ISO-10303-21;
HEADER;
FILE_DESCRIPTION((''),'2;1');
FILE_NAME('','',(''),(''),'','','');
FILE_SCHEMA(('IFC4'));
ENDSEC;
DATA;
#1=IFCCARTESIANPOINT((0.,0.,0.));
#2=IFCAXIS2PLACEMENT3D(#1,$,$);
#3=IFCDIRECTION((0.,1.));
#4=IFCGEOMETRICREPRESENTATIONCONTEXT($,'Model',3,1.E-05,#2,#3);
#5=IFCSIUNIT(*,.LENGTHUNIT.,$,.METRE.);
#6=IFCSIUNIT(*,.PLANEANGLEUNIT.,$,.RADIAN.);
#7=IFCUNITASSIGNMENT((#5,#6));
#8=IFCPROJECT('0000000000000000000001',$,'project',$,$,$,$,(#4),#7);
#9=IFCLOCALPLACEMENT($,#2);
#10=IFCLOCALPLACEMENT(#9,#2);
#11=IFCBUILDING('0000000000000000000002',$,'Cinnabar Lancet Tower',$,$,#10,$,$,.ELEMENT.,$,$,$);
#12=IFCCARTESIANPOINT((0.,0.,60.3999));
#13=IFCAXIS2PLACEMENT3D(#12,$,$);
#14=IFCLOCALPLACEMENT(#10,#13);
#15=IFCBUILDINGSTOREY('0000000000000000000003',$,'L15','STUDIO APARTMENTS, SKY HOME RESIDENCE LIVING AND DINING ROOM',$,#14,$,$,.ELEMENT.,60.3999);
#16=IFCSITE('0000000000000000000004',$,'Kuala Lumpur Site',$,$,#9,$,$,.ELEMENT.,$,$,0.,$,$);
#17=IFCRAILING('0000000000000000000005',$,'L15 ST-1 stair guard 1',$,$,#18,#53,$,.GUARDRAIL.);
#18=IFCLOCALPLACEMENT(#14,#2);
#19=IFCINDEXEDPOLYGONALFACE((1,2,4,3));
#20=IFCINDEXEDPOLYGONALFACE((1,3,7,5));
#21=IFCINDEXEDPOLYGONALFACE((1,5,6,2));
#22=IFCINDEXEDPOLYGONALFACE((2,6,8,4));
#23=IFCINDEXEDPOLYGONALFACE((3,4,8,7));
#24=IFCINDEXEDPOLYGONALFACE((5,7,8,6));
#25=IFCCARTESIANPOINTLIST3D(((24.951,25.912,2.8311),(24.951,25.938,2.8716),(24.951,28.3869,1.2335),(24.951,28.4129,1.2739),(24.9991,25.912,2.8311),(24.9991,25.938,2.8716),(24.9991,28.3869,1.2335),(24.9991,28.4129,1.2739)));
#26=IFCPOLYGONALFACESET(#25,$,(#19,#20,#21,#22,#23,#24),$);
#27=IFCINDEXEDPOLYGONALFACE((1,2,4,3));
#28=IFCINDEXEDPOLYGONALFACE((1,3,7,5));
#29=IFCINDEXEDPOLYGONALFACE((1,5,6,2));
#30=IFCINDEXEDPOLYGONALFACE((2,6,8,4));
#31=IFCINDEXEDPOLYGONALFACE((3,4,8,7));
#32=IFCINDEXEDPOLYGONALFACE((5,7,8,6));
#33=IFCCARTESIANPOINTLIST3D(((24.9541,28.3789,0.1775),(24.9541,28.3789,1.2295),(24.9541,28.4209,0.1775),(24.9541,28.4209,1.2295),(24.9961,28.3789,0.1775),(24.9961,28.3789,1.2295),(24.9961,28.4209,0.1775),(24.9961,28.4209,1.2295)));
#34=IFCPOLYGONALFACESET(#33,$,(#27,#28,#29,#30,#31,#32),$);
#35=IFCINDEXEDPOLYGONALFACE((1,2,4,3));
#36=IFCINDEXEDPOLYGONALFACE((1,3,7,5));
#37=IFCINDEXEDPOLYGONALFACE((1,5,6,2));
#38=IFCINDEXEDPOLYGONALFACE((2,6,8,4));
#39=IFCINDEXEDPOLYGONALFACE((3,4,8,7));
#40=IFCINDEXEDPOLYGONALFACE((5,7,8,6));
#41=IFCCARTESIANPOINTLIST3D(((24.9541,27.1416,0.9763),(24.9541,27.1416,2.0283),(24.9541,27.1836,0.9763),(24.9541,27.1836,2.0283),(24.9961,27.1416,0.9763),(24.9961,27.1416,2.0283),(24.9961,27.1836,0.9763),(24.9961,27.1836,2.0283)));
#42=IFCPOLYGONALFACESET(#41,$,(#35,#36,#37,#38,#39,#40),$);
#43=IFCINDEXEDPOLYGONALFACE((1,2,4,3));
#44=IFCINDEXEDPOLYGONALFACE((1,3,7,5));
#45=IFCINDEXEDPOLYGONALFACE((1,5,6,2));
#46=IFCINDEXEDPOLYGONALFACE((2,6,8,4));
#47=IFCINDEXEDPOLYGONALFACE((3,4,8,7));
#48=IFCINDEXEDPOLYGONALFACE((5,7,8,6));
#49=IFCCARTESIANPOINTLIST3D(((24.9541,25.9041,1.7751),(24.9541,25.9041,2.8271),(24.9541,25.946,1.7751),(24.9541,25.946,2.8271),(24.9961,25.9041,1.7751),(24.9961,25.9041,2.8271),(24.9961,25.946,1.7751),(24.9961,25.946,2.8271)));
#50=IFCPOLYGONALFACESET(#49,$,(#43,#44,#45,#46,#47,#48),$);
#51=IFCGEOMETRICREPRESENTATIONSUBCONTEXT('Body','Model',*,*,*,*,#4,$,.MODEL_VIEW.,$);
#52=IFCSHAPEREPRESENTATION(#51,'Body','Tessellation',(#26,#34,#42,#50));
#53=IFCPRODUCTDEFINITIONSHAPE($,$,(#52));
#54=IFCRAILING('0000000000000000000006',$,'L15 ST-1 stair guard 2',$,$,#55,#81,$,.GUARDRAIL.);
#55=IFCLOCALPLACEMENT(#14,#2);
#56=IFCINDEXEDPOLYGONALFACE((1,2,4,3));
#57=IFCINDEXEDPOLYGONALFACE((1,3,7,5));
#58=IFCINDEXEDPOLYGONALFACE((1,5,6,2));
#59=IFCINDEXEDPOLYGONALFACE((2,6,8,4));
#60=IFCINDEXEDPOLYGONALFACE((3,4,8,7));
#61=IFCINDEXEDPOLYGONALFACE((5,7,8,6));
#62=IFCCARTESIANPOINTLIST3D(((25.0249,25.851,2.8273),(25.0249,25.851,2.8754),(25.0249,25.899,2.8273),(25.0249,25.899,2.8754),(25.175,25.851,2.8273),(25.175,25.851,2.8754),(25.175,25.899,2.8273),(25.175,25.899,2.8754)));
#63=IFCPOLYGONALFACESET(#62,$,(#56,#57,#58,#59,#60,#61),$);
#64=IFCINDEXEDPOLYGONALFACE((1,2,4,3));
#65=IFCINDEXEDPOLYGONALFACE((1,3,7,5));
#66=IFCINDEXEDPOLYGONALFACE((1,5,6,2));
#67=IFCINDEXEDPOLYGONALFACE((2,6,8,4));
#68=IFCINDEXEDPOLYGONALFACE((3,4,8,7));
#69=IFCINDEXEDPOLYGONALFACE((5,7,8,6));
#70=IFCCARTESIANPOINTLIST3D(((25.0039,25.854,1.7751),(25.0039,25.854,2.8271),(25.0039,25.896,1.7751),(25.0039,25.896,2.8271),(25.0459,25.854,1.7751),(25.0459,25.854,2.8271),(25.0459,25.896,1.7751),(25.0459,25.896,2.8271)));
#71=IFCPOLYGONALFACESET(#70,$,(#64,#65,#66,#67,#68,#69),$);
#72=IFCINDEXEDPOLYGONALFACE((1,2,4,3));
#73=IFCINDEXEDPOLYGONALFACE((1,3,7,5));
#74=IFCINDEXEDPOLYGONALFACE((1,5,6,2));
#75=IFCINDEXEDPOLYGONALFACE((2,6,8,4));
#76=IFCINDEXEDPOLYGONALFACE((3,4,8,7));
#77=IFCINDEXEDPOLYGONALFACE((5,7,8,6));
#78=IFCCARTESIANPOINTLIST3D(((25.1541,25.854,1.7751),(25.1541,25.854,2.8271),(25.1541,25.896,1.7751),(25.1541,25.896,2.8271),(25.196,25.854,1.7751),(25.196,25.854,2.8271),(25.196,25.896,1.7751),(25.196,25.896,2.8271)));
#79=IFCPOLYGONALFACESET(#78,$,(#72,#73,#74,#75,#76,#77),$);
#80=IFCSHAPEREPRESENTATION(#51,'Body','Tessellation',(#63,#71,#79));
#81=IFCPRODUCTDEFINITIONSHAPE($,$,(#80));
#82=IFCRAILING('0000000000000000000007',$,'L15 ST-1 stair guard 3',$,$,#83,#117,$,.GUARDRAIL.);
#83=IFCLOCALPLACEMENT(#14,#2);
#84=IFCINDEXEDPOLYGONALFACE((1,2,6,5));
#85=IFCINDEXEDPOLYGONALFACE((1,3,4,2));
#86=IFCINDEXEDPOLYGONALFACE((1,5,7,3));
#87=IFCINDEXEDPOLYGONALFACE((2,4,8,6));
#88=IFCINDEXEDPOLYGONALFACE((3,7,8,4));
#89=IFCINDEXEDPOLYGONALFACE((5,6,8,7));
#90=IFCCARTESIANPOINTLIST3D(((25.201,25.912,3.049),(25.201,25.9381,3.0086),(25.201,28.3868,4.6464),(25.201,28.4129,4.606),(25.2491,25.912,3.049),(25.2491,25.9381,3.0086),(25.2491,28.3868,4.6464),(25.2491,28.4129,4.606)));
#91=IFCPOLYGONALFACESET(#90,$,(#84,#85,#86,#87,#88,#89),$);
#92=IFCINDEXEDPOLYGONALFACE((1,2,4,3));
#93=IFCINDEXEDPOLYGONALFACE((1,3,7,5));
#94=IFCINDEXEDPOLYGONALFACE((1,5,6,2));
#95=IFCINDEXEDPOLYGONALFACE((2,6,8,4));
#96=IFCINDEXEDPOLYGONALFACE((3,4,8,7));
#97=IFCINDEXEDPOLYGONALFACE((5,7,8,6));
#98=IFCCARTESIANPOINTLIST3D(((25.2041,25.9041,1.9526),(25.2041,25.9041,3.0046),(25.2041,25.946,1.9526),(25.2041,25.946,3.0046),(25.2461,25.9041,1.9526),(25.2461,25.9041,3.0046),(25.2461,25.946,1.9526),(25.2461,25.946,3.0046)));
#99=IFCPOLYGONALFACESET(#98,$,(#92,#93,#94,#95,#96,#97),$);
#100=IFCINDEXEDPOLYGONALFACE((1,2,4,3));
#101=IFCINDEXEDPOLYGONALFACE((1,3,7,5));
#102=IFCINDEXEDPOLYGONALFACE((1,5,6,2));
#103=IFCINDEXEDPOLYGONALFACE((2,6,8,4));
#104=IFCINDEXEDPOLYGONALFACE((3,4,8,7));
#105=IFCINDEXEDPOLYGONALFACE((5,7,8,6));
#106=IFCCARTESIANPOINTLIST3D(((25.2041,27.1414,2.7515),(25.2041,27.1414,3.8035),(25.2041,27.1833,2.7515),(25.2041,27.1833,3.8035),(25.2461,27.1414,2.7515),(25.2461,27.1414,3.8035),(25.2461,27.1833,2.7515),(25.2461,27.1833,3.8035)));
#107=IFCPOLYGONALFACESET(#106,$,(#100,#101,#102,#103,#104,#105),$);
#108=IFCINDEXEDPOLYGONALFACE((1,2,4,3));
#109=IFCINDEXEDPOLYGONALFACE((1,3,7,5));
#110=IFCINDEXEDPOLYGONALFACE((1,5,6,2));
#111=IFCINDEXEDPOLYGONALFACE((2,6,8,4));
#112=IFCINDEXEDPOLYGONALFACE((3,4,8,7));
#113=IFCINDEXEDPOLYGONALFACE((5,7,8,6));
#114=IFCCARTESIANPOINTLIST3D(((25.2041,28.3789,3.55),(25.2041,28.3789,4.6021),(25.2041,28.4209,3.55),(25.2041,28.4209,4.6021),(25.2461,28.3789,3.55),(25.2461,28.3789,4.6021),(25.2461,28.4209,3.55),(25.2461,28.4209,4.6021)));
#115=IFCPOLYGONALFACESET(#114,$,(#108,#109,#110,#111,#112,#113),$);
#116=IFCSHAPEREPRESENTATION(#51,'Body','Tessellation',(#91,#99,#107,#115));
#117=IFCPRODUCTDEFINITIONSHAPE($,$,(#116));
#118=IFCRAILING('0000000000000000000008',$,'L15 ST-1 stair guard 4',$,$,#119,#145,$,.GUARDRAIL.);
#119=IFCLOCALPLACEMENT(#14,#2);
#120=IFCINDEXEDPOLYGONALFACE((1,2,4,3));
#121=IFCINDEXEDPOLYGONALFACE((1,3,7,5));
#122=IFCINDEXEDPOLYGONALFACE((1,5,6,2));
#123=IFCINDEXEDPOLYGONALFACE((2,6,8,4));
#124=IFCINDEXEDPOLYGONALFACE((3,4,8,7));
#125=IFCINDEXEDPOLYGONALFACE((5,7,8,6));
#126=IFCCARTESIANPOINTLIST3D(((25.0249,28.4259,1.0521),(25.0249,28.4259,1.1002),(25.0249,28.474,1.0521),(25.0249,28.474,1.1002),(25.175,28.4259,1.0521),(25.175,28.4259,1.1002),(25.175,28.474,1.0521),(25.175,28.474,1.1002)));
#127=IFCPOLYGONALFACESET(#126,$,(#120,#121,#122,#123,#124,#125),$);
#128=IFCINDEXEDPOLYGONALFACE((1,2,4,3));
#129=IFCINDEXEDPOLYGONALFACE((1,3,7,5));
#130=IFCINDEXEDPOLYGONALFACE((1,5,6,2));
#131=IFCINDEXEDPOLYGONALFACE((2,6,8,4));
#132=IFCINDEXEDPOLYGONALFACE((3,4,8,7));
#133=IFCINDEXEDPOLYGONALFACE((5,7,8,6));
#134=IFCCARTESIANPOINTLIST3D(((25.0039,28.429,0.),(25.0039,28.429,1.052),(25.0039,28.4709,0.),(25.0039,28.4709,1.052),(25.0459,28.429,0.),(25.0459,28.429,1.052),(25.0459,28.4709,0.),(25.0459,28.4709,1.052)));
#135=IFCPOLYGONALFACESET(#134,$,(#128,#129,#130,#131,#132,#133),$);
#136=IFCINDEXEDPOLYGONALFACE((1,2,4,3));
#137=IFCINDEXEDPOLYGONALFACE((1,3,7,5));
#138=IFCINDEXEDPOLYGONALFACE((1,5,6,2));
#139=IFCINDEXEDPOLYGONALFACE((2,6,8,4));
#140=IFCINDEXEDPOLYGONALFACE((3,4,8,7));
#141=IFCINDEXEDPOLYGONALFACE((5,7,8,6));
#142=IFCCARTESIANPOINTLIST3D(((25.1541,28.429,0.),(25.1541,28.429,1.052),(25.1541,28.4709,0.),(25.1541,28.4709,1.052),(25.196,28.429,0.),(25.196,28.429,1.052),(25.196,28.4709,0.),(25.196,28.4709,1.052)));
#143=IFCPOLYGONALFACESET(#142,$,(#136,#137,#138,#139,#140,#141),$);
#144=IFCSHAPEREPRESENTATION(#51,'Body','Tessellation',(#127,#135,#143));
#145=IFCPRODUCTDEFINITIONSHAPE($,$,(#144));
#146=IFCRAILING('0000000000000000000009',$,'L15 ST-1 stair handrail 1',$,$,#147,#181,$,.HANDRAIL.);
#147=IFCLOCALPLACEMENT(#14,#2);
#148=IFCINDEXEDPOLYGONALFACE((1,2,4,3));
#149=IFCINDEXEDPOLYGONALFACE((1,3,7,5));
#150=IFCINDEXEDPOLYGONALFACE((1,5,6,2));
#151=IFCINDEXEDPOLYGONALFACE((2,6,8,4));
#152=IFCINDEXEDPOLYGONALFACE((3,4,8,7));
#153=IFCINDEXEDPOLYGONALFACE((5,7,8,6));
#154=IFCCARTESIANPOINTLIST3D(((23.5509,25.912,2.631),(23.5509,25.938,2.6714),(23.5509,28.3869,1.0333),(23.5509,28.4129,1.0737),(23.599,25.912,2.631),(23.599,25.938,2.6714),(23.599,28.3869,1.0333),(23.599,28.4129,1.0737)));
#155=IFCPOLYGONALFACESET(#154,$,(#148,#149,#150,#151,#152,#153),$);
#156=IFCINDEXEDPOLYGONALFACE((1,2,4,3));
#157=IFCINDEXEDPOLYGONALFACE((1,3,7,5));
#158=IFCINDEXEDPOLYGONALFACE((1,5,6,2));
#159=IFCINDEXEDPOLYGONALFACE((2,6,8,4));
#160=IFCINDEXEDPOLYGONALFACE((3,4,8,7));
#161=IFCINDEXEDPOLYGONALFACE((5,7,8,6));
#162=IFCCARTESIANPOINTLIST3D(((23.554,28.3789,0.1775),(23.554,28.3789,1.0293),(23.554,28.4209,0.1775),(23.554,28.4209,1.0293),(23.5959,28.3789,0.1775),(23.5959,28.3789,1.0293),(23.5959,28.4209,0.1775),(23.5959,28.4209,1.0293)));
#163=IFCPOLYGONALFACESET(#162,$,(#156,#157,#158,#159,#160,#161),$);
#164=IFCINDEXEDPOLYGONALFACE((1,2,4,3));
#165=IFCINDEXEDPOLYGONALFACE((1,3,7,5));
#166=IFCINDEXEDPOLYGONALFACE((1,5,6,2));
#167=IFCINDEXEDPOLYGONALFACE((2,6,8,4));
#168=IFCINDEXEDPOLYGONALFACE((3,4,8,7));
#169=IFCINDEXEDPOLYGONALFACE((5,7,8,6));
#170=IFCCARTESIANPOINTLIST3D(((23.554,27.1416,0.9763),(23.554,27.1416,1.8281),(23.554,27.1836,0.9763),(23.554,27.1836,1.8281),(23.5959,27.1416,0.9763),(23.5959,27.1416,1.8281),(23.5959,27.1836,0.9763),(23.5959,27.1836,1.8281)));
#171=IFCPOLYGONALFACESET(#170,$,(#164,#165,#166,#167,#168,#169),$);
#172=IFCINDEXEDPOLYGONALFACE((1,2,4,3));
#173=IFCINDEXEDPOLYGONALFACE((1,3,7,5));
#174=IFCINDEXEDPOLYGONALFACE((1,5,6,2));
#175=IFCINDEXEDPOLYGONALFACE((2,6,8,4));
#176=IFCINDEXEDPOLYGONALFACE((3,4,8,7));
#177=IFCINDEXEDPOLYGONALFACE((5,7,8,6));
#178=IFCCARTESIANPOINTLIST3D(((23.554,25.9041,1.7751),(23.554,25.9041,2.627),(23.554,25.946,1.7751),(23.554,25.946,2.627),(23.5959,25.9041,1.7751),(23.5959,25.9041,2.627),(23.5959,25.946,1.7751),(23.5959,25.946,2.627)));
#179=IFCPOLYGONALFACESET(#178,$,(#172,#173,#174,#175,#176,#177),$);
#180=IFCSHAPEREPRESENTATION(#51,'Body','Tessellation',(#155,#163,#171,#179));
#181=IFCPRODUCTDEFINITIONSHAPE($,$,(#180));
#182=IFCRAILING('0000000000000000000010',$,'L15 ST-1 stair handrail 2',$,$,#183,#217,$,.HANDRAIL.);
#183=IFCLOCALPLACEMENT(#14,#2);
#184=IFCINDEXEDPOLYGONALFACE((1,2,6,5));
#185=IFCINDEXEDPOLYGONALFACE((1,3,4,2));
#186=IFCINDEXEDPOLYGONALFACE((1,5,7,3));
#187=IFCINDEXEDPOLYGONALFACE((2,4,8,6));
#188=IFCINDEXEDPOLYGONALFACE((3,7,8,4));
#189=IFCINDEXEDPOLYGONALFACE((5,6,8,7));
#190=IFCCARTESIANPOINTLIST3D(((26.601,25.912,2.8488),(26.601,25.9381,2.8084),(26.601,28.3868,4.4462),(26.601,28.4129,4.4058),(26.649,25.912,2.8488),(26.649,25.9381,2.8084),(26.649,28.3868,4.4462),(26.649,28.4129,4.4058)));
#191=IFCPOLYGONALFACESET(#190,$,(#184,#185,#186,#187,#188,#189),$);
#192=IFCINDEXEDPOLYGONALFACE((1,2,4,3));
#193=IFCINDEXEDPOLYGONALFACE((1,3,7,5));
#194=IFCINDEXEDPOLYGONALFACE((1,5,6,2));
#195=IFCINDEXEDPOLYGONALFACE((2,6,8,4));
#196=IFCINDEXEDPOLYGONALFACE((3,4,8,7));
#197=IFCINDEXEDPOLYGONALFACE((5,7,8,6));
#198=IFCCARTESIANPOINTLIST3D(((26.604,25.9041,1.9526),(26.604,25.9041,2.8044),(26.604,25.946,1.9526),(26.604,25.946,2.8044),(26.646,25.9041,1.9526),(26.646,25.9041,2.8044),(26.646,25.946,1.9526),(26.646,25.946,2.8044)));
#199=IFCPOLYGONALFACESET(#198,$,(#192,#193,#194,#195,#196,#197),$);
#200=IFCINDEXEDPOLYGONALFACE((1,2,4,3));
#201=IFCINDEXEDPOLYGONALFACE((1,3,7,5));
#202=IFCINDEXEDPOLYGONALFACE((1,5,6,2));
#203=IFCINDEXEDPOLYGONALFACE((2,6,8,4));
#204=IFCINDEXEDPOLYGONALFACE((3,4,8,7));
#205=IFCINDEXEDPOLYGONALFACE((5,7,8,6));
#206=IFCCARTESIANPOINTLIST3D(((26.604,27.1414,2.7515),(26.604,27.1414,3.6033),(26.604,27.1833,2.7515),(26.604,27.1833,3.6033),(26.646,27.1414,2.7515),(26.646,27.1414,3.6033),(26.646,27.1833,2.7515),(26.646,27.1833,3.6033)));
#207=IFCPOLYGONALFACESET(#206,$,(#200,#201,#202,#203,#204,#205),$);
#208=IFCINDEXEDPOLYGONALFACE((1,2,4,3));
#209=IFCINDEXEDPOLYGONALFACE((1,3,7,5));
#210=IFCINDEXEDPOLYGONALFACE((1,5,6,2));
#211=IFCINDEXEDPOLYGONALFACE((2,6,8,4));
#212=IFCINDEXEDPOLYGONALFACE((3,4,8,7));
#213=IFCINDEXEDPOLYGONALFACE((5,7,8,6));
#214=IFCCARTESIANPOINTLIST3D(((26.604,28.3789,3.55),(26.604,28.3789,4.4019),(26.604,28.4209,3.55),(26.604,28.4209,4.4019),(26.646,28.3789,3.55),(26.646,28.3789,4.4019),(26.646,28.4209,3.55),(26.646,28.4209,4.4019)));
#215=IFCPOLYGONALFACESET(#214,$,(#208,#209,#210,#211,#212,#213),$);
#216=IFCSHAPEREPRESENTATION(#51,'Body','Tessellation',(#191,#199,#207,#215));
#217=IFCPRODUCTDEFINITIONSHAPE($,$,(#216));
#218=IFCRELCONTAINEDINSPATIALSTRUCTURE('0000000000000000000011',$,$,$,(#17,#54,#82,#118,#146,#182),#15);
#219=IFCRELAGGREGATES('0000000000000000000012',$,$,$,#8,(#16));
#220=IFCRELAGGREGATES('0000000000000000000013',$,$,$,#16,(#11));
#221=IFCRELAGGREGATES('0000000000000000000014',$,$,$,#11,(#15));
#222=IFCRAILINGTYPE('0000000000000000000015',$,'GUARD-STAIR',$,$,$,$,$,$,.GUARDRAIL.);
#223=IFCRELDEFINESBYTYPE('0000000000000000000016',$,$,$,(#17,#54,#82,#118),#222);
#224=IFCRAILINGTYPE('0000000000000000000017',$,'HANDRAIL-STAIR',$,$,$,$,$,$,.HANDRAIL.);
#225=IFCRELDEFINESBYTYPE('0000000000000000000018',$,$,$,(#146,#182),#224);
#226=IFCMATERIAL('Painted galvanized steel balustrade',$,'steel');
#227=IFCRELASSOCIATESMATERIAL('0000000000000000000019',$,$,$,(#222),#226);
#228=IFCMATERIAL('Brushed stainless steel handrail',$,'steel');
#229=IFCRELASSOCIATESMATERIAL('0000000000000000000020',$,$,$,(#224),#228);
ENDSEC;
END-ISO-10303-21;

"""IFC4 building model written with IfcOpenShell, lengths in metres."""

from ifc_helpers import new_model, si_unit, direction, frame, origin, origin_2d, place, context, subcontext, project, spatial, rectangle, extrude, material, type_object, element, save


model = new_model("IFC4")

# Units and contexts
model_context = context("Model", 3, precision=1e-05, world=origin(), true_north=direction((0.0, 1.0)))
body_context = subcontext(model_context, "Body", "Model", "MODEL_VIEW")
ifc_project = project(units=[si_unit("LENGTHUNIT", "METRE"), si_unit("PLANEANGLEUNIT", "RADIAN")], contexts=[model_context])

# Site, building, storey
site_placement = place(None, origin())
site = spatial("IfcSite", under=ifc_project, at=site_placement, Name="Kuala Lumpur Site", CompositionType="ELEMENT", RefElevation=0.0)
building_placement = place(site_placement, origin())
building = spatial("IfcBuilding", under=site, at=building_placement, Name="Cinnabar Lancet Tower", CompositionType="ELEMENT")
storey_placement = place(building_placement, frame((0.0, 0.0, 60.3999)))
storey = spatial("IfcBuildingStorey", under=building, at=storey_placement, Name="L15", Description="STUDIO APARTMENTS, SKY HOME RESIDENCE LIVING AND DINING ROOM", CompositionType="ELEMENT", Elevation=60.3999)

# Railings
ifc_material_1 = material(Name="Painted galvanized steel balustrade", Category="steel")
railing_type_1 = type_object("IfcRailingType", Name="GUARD-STAIR", PredefinedType="GUARDRAIL", material=ifc_material_1)
railing_1_placement = place(storey_placement, frame((24.9751, 28.3999, 0.1775)))
element("IfcRailing", 1, at=railing_1_placement, inside=storey, type_object=railing_type_1, Name="L15 ST-1 stair guard 1", PredefinedType="GUARDRAIL", context=body_context, shape_type="SweptSolid", body=[
    extrude(rectangle(XDim=0.0481, YDim=0.0481, at=origin_2d()), frame((0.0, 0.0, 1.0762), z_axis=(0.0, -0.840146, 0.542361), x_axis=(1.0, 0.0, 0.0)), (0.0, 0.0, 1.0), 2.9458),
    extrude(rectangle(XDim=0.042, YDim=0.042, at=origin_2d()), origin(), (0.0, 0.0, 1.0), 1.052),
    extrude(rectangle(XDim=0.042, YDim=0.042, at=origin_2d()), frame((0.0, -1.2373, 0.7988)), (0.0, 0.0, 1.0), 1.052),
    extrude(rectangle(XDim=0.042, YDim=0.042, at=origin_2d()), frame((0.0, -2.4749, 1.5977)), (0.0, 0.0, 1.0), 1.052),
])
railing_2_placement = place(storey_placement, frame((25.0249, 25.875, 1.7751)))
element("IfcRailing", 2, at=railing_2_placement, inside=storey, type_object=railing_type_1, Name="L15 ST-1 stair guard 2", PredefinedType="GUARDRAIL", context=body_context, shape_type="SweptSolid", body=[
    extrude(rectangle(XDim=0.0481, YDim=0.0481, at=origin_2d()), frame((0.0, 0.0, 1.0762), z_axis=(1.0, 0.0, 0.0), x_axis=(0.0, 1.0, 0.0)), (0.0, 0.0, 1.0), 0.1501),
    extrude(rectangle(XDim=0.042, YDim=0.042, at=origin_2d()), origin(), (0.0, 0.0, 1.0), 1.052),
    extrude(rectangle(XDim=0.042, YDim=0.042, at=origin_2d()), frame((0.1501, 0.0, 0.0)), (0.0, 0.0, 1.0), 1.052),
])
railing_3_placement = place(storey_placement, frame((25.2251, 25.925, 1.9526)))
element("IfcRailing", 3, at=railing_3_placement, inside=storey, type_object=railing_type_1, Name="L15 ST-1 stair guard 3", PredefinedType="GUARDRAIL", context=body_context, shape_type="SweptSolid", body=[
    extrude(rectangle(XDim=0.0481, YDim=0.0481, at=origin_2d()), frame((0.0, 0.0, 1.0762), z_axis=(0.0, 0.840183, 0.542302), x_axis=(-1.0, 0.0, 0.0)), (0.0, 0.0, 1.0), 2.9456),
    extrude(rectangle(XDim=0.042, YDim=0.042, at=origin_2d()), origin(), (0.0, 0.0, 1.0), 1.052),
    extrude(rectangle(XDim=0.042, YDim=0.042, at=origin_2d()), frame((0.0, 1.2373, 0.7988)), (0.0, 0.0, 1.0), 1.052),
    extrude(rectangle(XDim=0.042, YDim=0.042, at=origin_2d()), frame((0.0, 2.4749, 1.5974)), (0.0, 0.0, 1.0), 1.052),
])
railing_4_placement = place(storey_placement, frame((25.0249, 28.45, 0.0)))
element("IfcRailing", 4, at=railing_4_placement, inside=storey, type_object=railing_type_1, Name="L15 ST-1 stair guard 4", PredefinedType="GUARDRAIL", context=body_context, shape_type="SweptSolid", body=[
    extrude(rectangle(XDim=0.0481, YDim=0.0481, at=origin_2d()), frame((0.0, 0.0, 1.0762), z_axis=(1.0, 0.0, 0.0), x_axis=(0.0, 1.0, 0.0)), (0.0, 0.0, 1.0), 0.1501),
    extrude(rectangle(XDim=0.042, YDim=0.042, at=origin_2d()), origin(), (0.0, 0.0, 1.0), 1.052),
    extrude(rectangle(XDim=0.042, YDim=0.042, at=origin_2d()), frame((0.1501, 0.0, 0.0)), (0.0, 0.0, 1.0), 1.052),
])
ifc_material_2 = material(Name="Brushed stainless steel handrail", Category="steel")
railing_type_2 = type_object("IfcRailingType", Name="HANDRAIL-STAIR", PredefinedType="HANDRAIL", material=ifc_material_2)
railing_5_placement = place(storey_placement, frame((23.575, 28.3999, 0.1775)))
element("IfcRailing", 5, at=railing_5_placement, inside=storey, type_object=railing_type_2, Name="L15 ST-1 stair handrail 1", PredefinedType="HANDRAIL", context=body_context, shape_type="SweptSolid", body=[
    extrude(rectangle(XDim=0.0481, YDim=0.0481, at=origin_2d()), frame((0.0, 0.0, 0.876), z_axis=(0.0, -0.840146, 0.542361), x_axis=(1.0, 0.0, 0.0)), (0.0, 0.0, 1.0), 2.9458),
    extrude(rectangle(XDim=0.042, YDim=0.042, at=origin_2d()), origin(), (0.0, 0.0, 1.0), 0.8518),
    extrude(rectangle(XDim=0.042, YDim=0.042, at=origin_2d()), frame((0.0, -1.2373, 0.7988)), (0.0, 0.0, 1.0), 0.8518),
    extrude(rectangle(XDim=0.042, YDim=0.042, at=origin_2d()), frame((0.0, -2.4749, 1.5977)), (0.0, 0.0, 1.0), 0.8518),
])
railing_6_placement = place(storey_placement, frame((26.625, 25.925, 1.9526)))
element("IfcRailing", 6, at=railing_6_placement, inside=storey, type_object=railing_type_2, Name="L15 ST-1 stair handrail 2", PredefinedType="HANDRAIL", context=body_context, shape_type="SweptSolid", body=[
    extrude(rectangle(XDim=0.0481, YDim=0.0481, at=origin_2d()), frame((0.0, 0.0, 0.876), z_axis=(0.0, 0.840183, 0.542302), x_axis=(-1.0, 0.0, 0.0)), (0.0, 0.0, 1.0), 2.9456),
    extrude(rectangle(XDim=0.042, YDim=0.042, at=origin_2d()), origin(), (0.0, 0.0, 1.0), 0.8518),
    extrude(rectangle(XDim=0.042, YDim=0.042, at=origin_2d()), frame((0.0, 1.2373, 0.7988)), (0.0, 0.0, 1.0), 0.8518),
    extrude(rectangle(XDim=0.042, YDim=0.042, at=origin_2d()), frame((0.0, 2.4749, 1.5974)), (0.0, 0.0, 1.0), 0.8518),
])

save(model, "model.ifc")
